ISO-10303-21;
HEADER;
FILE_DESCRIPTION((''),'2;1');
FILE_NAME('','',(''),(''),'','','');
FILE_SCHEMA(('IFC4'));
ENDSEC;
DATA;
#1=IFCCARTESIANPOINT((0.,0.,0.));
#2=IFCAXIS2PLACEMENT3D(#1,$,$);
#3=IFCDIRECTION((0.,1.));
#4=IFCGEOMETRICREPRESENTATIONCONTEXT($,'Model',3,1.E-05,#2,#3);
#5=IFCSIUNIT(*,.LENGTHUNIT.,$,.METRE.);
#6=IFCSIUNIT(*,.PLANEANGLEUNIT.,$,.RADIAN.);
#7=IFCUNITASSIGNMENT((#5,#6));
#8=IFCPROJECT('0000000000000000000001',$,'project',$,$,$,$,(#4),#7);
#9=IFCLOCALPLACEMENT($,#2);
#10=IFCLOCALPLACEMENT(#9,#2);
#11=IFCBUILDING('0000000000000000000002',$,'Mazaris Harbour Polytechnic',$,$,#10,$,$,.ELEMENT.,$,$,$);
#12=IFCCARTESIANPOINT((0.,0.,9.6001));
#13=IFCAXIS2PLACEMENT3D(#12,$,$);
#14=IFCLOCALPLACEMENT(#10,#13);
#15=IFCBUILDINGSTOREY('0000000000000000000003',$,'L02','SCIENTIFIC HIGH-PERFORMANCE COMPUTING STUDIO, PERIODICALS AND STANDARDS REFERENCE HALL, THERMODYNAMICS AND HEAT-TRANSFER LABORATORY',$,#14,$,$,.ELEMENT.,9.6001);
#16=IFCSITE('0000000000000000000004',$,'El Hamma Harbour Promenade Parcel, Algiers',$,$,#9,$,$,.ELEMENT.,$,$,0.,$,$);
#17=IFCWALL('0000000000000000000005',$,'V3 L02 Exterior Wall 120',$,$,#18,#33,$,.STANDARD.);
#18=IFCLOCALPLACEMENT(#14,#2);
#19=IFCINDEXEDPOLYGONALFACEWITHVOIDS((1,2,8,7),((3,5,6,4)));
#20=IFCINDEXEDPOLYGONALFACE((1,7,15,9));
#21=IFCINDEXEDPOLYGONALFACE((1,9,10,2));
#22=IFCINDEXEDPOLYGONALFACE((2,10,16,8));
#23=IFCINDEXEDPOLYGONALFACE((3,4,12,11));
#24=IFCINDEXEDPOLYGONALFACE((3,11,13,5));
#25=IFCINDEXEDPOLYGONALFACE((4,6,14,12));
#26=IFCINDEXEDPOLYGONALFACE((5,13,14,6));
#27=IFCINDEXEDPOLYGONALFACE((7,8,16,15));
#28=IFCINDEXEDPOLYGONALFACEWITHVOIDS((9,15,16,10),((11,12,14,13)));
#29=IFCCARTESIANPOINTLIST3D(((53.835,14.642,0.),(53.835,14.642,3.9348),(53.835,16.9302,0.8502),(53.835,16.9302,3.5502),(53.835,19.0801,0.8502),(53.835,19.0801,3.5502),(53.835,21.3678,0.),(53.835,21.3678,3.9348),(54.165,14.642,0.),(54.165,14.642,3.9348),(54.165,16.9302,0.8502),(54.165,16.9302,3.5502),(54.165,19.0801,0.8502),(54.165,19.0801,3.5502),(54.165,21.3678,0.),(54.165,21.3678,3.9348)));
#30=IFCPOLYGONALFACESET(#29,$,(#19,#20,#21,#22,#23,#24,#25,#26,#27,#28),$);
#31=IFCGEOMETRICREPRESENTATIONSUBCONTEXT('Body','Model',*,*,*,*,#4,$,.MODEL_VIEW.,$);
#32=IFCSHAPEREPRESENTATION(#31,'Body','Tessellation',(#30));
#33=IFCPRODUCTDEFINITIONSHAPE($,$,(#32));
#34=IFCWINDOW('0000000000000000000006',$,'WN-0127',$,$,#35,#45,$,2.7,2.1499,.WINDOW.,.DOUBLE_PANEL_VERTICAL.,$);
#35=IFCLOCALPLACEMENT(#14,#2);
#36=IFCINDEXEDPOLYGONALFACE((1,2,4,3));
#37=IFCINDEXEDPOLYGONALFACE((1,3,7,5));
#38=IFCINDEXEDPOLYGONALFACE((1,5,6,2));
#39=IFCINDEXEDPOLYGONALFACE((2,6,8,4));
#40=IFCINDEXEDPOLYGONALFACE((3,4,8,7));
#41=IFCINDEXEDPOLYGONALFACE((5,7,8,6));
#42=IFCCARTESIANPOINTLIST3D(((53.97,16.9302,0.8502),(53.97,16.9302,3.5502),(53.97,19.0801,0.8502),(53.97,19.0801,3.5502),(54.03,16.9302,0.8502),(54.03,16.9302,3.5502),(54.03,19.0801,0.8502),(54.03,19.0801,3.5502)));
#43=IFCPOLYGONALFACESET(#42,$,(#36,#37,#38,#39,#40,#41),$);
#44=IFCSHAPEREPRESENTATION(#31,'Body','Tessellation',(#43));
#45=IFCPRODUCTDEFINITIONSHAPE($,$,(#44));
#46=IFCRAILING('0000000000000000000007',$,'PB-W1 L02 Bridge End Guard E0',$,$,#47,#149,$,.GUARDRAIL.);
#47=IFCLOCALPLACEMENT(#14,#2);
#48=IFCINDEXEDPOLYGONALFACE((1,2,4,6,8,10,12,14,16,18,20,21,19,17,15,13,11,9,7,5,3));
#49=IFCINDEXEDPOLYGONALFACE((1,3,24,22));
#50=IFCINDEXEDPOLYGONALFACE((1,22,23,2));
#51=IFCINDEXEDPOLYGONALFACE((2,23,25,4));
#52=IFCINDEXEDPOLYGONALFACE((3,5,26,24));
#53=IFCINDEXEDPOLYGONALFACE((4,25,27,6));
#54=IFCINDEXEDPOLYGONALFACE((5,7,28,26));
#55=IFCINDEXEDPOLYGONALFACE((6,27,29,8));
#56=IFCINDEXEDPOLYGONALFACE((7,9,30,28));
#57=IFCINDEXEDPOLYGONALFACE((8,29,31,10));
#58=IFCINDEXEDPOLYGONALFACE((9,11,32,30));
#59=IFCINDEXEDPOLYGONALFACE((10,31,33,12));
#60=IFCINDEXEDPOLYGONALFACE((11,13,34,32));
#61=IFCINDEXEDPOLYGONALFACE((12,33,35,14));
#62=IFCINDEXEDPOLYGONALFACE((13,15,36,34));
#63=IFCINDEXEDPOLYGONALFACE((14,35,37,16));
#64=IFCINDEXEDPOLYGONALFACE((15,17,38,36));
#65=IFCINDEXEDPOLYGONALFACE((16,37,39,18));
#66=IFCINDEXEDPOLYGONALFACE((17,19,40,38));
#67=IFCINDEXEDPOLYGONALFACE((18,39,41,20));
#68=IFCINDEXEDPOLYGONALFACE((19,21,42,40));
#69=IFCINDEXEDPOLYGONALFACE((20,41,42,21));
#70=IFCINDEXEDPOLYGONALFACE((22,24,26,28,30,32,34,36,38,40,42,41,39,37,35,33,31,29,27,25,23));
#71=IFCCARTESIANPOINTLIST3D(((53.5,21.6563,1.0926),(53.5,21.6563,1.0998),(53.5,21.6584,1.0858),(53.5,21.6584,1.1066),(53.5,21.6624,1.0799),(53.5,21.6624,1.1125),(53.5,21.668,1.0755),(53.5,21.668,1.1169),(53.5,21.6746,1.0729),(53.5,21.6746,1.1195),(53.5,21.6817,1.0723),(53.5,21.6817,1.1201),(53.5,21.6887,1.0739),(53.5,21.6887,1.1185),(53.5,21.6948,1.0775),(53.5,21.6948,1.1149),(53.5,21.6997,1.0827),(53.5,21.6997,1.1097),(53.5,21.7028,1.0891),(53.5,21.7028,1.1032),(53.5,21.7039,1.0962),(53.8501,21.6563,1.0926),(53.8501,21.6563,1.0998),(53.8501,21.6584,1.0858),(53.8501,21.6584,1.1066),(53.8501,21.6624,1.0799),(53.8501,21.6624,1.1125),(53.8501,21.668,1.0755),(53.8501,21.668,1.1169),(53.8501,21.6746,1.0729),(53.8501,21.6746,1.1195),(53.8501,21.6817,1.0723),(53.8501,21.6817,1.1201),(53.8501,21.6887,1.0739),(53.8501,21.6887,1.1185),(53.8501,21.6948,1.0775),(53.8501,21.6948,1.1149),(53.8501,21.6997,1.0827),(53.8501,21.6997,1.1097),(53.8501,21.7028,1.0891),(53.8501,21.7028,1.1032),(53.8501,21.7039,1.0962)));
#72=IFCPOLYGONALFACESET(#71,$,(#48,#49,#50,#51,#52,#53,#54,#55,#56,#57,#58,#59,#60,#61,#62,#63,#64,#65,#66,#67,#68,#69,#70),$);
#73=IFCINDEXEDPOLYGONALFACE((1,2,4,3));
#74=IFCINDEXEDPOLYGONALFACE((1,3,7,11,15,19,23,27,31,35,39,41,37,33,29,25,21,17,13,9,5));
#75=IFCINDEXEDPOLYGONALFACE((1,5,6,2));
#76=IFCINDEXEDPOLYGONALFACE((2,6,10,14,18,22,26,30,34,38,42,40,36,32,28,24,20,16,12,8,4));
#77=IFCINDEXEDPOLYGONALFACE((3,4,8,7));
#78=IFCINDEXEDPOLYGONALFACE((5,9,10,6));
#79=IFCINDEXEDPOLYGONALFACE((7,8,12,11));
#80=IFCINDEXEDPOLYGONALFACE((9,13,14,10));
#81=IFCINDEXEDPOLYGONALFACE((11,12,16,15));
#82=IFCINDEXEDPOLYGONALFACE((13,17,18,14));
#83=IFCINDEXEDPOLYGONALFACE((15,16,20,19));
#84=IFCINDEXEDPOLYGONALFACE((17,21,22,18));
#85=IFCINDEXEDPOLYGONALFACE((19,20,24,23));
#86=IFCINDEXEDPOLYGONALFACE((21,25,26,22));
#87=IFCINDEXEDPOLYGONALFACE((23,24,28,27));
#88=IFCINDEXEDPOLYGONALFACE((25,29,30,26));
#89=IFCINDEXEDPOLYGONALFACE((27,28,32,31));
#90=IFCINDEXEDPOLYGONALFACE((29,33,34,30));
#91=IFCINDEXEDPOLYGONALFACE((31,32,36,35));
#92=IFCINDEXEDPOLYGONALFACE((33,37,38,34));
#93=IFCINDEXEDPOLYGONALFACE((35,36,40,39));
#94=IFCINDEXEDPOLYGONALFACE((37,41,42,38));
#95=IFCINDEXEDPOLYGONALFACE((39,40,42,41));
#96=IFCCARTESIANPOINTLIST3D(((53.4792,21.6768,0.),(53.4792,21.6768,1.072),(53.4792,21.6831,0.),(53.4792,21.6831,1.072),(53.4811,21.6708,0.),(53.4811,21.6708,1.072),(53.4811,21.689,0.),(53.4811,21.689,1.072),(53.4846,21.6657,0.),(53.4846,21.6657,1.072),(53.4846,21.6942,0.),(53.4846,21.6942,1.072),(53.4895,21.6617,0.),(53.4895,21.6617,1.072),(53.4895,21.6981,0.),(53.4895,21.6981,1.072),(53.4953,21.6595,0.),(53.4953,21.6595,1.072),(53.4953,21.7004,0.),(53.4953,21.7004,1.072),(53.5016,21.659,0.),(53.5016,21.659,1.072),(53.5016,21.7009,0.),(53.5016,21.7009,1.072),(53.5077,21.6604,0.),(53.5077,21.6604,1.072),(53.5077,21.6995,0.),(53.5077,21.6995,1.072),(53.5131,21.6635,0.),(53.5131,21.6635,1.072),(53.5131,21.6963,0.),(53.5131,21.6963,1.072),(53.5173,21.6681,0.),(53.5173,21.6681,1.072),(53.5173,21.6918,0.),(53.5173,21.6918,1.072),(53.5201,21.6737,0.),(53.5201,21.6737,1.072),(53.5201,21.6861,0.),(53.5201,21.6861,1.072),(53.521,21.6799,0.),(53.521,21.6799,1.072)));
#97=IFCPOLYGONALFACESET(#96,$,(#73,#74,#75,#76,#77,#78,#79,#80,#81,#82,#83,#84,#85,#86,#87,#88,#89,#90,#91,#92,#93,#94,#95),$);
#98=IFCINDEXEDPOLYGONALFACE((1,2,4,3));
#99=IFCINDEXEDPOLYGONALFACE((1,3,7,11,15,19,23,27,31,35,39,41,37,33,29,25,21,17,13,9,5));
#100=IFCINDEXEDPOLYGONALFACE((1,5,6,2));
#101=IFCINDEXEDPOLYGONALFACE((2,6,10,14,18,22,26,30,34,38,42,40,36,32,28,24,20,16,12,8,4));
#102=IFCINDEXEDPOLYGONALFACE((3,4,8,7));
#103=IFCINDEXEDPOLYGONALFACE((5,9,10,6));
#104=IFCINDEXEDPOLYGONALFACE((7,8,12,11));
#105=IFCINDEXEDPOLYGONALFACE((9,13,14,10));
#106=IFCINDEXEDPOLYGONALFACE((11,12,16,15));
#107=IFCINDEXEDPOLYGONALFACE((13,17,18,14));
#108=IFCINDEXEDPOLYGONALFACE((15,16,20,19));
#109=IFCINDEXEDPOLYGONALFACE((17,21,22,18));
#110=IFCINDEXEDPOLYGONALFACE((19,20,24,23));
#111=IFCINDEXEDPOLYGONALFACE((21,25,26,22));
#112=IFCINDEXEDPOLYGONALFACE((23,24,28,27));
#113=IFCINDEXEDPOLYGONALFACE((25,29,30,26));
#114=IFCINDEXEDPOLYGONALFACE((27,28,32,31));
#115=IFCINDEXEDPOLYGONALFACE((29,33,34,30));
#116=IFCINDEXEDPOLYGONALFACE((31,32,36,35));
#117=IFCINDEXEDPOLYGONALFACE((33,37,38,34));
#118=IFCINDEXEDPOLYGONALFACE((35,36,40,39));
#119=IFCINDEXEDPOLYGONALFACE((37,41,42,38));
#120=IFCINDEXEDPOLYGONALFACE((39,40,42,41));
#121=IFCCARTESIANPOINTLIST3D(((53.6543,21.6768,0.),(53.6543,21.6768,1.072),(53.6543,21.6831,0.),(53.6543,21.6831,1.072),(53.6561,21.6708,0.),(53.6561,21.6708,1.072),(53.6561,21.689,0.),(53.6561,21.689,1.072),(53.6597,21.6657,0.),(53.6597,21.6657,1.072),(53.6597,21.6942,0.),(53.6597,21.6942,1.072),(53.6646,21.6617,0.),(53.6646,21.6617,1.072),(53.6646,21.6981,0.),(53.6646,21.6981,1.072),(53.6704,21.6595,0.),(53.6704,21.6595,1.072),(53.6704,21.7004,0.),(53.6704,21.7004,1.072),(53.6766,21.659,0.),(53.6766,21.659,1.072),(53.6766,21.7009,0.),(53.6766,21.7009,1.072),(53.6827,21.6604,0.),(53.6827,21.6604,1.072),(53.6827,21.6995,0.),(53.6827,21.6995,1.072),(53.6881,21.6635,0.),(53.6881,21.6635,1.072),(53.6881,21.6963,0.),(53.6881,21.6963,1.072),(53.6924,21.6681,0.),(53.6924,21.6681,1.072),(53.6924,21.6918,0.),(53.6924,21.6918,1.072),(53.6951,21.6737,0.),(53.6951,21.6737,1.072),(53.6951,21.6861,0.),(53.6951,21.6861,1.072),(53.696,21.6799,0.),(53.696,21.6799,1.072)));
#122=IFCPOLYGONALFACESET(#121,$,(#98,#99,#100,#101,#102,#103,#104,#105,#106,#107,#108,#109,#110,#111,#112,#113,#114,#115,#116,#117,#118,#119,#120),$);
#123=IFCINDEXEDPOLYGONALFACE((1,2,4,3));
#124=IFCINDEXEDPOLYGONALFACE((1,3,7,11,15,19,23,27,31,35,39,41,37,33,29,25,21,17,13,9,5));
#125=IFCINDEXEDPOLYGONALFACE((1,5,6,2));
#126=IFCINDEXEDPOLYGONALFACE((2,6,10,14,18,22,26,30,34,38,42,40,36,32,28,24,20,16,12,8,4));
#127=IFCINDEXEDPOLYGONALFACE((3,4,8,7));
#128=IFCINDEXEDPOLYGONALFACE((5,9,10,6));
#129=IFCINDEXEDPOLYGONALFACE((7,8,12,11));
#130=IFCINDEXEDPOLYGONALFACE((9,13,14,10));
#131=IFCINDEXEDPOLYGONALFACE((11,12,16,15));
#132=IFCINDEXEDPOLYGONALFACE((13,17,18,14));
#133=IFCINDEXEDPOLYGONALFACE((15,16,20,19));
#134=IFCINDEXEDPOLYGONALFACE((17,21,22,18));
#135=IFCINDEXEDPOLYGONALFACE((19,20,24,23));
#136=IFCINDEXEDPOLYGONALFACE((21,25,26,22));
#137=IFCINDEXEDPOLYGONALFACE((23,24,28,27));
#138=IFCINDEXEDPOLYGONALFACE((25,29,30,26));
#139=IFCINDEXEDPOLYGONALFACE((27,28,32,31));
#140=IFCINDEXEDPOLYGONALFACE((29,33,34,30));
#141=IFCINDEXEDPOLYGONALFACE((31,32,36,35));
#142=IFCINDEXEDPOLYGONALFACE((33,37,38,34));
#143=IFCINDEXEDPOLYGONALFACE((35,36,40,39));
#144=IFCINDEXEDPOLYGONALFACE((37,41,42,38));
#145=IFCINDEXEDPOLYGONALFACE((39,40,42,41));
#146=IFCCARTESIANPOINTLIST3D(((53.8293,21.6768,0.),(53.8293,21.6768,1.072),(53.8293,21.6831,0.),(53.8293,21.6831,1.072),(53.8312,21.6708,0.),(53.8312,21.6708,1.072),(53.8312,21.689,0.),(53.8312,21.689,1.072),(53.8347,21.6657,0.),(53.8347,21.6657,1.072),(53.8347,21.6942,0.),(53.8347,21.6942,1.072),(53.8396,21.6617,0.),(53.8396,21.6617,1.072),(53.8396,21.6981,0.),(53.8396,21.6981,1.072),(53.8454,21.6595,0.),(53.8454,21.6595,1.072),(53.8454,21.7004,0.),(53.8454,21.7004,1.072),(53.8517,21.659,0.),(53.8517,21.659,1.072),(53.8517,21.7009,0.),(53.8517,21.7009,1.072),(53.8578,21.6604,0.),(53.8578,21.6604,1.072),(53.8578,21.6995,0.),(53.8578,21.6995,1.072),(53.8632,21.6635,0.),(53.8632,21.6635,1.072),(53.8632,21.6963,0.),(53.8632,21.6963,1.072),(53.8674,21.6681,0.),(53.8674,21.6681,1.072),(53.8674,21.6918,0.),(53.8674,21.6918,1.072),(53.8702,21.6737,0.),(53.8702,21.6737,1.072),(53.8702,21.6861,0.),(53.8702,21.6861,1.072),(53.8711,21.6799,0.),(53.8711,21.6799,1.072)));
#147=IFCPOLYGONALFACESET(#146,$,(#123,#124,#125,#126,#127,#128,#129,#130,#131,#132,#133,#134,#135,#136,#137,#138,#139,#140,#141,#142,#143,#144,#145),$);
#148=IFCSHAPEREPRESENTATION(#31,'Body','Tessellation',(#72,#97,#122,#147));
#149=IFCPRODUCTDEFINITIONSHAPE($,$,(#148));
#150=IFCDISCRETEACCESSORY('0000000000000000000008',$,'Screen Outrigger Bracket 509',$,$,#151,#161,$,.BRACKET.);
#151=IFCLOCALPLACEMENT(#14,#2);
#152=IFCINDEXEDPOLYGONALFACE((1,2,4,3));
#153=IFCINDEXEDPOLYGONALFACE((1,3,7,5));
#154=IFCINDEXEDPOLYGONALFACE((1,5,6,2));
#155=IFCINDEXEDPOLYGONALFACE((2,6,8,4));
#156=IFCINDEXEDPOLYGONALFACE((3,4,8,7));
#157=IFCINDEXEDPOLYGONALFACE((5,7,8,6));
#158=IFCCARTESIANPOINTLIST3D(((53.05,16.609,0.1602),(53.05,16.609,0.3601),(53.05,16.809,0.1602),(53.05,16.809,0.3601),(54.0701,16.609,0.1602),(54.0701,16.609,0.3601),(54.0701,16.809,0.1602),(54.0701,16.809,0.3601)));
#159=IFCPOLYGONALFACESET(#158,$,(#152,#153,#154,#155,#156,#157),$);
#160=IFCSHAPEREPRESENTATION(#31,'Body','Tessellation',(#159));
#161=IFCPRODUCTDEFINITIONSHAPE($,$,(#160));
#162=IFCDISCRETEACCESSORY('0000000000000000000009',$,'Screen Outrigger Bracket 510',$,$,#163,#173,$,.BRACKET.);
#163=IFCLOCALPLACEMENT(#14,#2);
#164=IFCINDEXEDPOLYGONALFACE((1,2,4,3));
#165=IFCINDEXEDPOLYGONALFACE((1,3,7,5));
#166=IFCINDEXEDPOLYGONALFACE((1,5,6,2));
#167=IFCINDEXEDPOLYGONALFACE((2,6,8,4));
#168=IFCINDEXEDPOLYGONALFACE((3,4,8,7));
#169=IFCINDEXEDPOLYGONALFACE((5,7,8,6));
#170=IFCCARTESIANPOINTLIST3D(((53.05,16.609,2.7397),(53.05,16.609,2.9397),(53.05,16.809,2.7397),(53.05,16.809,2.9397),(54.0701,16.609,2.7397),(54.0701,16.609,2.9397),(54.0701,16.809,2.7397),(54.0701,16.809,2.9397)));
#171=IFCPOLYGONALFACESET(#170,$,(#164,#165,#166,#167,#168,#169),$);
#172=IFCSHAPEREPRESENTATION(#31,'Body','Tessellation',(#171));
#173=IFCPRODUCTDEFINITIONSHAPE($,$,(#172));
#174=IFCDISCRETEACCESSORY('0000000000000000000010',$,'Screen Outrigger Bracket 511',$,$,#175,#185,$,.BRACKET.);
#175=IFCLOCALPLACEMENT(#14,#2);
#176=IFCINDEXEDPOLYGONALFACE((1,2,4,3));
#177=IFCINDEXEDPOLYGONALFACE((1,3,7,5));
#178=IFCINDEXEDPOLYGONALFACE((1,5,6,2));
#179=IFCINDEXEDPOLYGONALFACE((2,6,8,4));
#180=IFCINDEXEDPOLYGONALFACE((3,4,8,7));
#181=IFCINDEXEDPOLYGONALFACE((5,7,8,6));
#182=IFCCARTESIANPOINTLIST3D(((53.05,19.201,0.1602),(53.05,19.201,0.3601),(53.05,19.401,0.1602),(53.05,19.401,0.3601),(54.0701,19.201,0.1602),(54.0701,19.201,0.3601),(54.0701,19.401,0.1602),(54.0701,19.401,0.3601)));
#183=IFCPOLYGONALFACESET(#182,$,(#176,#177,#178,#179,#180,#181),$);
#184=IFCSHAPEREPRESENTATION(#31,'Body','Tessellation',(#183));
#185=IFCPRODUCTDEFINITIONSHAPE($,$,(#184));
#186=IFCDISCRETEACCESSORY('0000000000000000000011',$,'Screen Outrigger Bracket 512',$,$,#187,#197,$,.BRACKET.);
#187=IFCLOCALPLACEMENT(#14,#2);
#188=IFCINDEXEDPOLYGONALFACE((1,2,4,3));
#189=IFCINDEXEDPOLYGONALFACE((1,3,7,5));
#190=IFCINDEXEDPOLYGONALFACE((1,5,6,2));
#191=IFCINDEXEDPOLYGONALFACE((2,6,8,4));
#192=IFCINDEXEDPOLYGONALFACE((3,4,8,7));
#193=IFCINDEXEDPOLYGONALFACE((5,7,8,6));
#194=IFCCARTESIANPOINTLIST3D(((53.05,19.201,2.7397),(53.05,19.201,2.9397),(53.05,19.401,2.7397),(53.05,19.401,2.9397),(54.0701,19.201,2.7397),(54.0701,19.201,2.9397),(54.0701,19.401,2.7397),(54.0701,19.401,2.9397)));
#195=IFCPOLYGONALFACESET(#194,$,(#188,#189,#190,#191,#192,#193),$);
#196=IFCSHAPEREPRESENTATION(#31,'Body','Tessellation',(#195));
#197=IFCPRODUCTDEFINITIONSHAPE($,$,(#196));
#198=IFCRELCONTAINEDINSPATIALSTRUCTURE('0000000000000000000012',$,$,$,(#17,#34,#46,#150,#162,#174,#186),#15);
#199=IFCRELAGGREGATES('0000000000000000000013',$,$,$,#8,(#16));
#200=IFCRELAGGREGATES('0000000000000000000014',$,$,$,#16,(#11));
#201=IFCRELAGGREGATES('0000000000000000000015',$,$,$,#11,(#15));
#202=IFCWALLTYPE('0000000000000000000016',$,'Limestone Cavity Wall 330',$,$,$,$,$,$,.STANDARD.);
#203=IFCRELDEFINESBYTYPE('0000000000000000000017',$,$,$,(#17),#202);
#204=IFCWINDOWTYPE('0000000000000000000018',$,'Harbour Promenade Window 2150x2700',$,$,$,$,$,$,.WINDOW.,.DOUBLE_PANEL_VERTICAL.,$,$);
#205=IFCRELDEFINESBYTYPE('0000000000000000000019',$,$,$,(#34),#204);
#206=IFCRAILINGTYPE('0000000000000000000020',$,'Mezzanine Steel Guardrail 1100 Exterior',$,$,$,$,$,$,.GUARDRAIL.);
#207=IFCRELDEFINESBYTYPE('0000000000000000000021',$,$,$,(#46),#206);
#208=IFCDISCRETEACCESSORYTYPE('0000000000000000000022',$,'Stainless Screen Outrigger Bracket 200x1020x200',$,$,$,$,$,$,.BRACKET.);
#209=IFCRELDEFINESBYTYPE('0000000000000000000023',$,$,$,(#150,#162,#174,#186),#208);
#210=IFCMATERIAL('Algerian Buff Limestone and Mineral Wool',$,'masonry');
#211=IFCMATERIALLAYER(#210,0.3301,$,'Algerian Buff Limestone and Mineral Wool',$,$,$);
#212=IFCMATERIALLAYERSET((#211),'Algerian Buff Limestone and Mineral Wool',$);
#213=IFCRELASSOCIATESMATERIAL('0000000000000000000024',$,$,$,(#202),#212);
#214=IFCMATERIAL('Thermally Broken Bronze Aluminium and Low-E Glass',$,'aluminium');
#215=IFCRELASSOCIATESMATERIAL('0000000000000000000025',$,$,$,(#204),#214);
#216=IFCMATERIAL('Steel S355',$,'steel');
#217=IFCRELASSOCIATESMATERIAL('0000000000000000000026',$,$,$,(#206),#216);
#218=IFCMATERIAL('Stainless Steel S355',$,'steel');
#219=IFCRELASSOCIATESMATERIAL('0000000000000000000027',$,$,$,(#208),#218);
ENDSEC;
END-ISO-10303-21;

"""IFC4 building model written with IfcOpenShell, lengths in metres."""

from ifc_helpers import new_model, si_unit, direction, frame, frame_2d, origin, origin_2d, place, context, subcontext, project, spatial, rectangle, circle, extrude, material, layer, layer_set, type_object, element, fill, save


model = new_model("IFC4")

# Units and contexts
model_context = context("Model", 3, precision=1e-05, world=origin(), true_north=direction((0.0, 1.0)))
body_context = subcontext(model_context, "Body", "Model", "MODEL_VIEW")
ifc_project = project(units=[si_unit("LENGTHUNIT", "METRE"), si_unit("PLANEANGLEUNIT", "RADIAN")], contexts=[model_context])

# Site, building, storey
site_placement = place(None, origin())
site = spatial("IfcSite", under=ifc_project, at=site_placement, Name="El Hamma Harbour Promenade Parcel, Algiers", CompositionType="ELEMENT", RefElevation=0.0)
building_placement = place(site_placement, origin())
building = spatial("IfcBuilding", under=site, at=building_placement, Name="Mazaris Harbour Polytechnic", CompositionType="ELEMENT")
storey_placement = place(building_placement, frame((0.0, 0.0, 9.6001)))
storey = spatial("IfcBuildingStorey", under=building, at=storey_placement, Name="L02", Description="SCIENTIFIC HIGH-PERFORMANCE COMPUTING STUDIO, PERIODICALS AND STANDARDS REFERENCE HALL, THERMODYNAMICS AND HEAT-TRANSFER LABORATORY", CompositionType="ELEMENT", Elevation=9.6001)

# Wall, opening, window
ifc_material_1 = material(Name="Algerian Buff Limestone and Mineral Wool", Category="masonry")
ifc_layer_1 = layer(ifc_material_1, 0.3301, Name="Algerian Buff Limestone and Mineral Wool")
ifc_layer_set_1 = layer_set([ifc_layer_1], Name="Algerian Buff Limestone and Mineral Wool")
wall_type = type_object("IfcWallType", Name="Limestone Cavity Wall 330", PredefinedType="STANDARD", material=ifc_layer_set_1)
wall_placement = place(storey_placement, frame((54.0, 14.6421, 0.0), z_axis=(0.0, 0.0, 1.0), x_axis=(0.0, 1.0, 0.0)))
wall = element("IfcWall", 1, at=wall_placement, inside=storey, type_object=wall_type, Name="V3 L02 Exterior Wall 120", PredefinedType="STANDARD", context=body_context, shape_type="SweptSolid", body=[
    extrude(rectangle(XDim=6.7258, YDim=0.3301, at=frame_2d((3.3628, 0.0))), origin(), (0.0, 0.0, 1.0), 3.9348),
])
opening_placement = place(wall_placement, frame((2.2881, 0.0, 0.8501)))
opening = element("IfcOpeningElement", 2, at=opening_placement, cuts=wall, PredefinedType="OPENING", context=body_context, shape_type="SweptSolid", body=[
    extrude(rectangle(XDim=2.1499, YDim=2.7, at=frame_2d((1.075, 1.3501))), frame((0.0, 0.175, 0.0), z_axis=(0.0, -1.0, 0.0), x_axis=(1.0, 0.0, 0.0)), (0.0, 0.0, 1.0), 0.3501),
])
ifc_material_2 = material(Name="Thermally Broken Bronze Aluminium and Low-E Glass", Category="aluminium")
window_type = type_object("IfcWindowType", Name="Harbour Promenade Window 2150x2700", PartitioningType="DOUBLE_PANEL_VERTICAL", PredefinedType="WINDOW", material=ifc_material_2)
window_placement = place(opening_placement, origin())
window = element("IfcWindow", 3, at=window_placement, inside=storey, type_object=window_type, Name="WN-0127", OverallHeight=2.7, OverallWidth=2.1499, PartitioningType="DOUBLE_PANEL_VERTICAL", PredefinedType="WINDOW", context=body_context, shape_type="SweptSolid", body=[
    extrude(rectangle(XDim=2.1499, YDim=2.7, at=frame_2d((1.075, 1.3501))), frame((0.0, 0.03, 0.0), z_axis=(0.0, -1.0, 0.0), x_axis=(1.0, 0.0, 0.0)), (0.0, 0.0, 1.0), 0.0601),
])
fill(opening, window)

# Railing
ifc_material_3 = material(Name="Steel S355", Category="steel")
railing_type_1 = type_object("IfcRailingType", Name="Mezzanine Steel Guardrail 1100 Exterior", PredefinedType="GUARDRAIL", material=ifc_material_3)
railing_placement = place(storey_placement, frame((53.5, 21.6799, 0.0)))
element("IfcRailing", 4, at=railing_placement, inside=storey, type_object=railing_type_1, Name="PB-W1 L02 Bridge End Guard E0", PredefinedType="GUARDRAIL", context=body_context, shape_type="SweptSolid", body=[
    extrude(circle(Radius=0.0239, at=origin_2d()), frame((0.0, 0.0, 1.0962), z_axis=(1.0, 0.0, 0.0), x_axis=(0.0, 1.0, 0.0)), (0.0, 0.0, 1.0), 0.3501),
    extrude(circle(Radius=0.021, at=origin_2d()), origin(), (0.0, 0.0, 1.0), 1.072),
    extrude(circle(Radius=0.021, at=origin_2d()), frame((0.175, 0.0, 0.0)), (0.0, 0.0, 1.0), 1.072),
    extrude(circle(Radius=0.021, at=origin_2d()), frame((0.3501, 0.0, 0.0)), (0.0, 0.0, 1.0), 1.072),
])

# Discrete accessories
ifc_material_4 = material(Name="Stainless Steel S355", Category="steel")
discrete_accessory_type = type_object("IfcDiscreteAccessoryType", Name="Stainless Screen Outrigger Bracket 200x1020x200", PredefinedType="BRACKET", material=ifc_material_4)
for number, where, z_axis, x_axis, name in (
    (5, (53.5601, 16.709, 0.1602), (0.0, 0.0, 1.0), (0.0, 1.0, 0.0), "Screen Outrigger Bracket 509"),
    (6, (53.5601, 16.709, 2.7397), (0.0, 0.0, 1.0), (0.0, 1.0, 0.0), "Screen Outrigger Bracket 510"),
    (7, (53.5601, 19.301, 0.1602), (0.0, 0.0, 1.0), (0.0, 1.0, 0.0), "Screen Outrigger Bracket 511"),
    (8, (53.5601, 19.301, 2.7397), (0.0, 0.0, 1.0), (0.0, 1.0, 0.0), "Screen Outrigger Bracket 512"),
):
    element("IfcDiscreteAccessory", number, at=place(storey_placement, frame(where, z_axis=z_axis, x_axis=x_axis)), inside=storey, type_object=discrete_accessory_type, Name=name, PredefinedType="BRACKET", context=body_context, shape_type="SweptSolid", body=[
        extrude(rectangle(XDim=0.2, YDim=1.02, at=origin_2d()), origin(), (0.0, 0.0, 1.0), 0.2),
    ])

save(model, "model.ifc")
